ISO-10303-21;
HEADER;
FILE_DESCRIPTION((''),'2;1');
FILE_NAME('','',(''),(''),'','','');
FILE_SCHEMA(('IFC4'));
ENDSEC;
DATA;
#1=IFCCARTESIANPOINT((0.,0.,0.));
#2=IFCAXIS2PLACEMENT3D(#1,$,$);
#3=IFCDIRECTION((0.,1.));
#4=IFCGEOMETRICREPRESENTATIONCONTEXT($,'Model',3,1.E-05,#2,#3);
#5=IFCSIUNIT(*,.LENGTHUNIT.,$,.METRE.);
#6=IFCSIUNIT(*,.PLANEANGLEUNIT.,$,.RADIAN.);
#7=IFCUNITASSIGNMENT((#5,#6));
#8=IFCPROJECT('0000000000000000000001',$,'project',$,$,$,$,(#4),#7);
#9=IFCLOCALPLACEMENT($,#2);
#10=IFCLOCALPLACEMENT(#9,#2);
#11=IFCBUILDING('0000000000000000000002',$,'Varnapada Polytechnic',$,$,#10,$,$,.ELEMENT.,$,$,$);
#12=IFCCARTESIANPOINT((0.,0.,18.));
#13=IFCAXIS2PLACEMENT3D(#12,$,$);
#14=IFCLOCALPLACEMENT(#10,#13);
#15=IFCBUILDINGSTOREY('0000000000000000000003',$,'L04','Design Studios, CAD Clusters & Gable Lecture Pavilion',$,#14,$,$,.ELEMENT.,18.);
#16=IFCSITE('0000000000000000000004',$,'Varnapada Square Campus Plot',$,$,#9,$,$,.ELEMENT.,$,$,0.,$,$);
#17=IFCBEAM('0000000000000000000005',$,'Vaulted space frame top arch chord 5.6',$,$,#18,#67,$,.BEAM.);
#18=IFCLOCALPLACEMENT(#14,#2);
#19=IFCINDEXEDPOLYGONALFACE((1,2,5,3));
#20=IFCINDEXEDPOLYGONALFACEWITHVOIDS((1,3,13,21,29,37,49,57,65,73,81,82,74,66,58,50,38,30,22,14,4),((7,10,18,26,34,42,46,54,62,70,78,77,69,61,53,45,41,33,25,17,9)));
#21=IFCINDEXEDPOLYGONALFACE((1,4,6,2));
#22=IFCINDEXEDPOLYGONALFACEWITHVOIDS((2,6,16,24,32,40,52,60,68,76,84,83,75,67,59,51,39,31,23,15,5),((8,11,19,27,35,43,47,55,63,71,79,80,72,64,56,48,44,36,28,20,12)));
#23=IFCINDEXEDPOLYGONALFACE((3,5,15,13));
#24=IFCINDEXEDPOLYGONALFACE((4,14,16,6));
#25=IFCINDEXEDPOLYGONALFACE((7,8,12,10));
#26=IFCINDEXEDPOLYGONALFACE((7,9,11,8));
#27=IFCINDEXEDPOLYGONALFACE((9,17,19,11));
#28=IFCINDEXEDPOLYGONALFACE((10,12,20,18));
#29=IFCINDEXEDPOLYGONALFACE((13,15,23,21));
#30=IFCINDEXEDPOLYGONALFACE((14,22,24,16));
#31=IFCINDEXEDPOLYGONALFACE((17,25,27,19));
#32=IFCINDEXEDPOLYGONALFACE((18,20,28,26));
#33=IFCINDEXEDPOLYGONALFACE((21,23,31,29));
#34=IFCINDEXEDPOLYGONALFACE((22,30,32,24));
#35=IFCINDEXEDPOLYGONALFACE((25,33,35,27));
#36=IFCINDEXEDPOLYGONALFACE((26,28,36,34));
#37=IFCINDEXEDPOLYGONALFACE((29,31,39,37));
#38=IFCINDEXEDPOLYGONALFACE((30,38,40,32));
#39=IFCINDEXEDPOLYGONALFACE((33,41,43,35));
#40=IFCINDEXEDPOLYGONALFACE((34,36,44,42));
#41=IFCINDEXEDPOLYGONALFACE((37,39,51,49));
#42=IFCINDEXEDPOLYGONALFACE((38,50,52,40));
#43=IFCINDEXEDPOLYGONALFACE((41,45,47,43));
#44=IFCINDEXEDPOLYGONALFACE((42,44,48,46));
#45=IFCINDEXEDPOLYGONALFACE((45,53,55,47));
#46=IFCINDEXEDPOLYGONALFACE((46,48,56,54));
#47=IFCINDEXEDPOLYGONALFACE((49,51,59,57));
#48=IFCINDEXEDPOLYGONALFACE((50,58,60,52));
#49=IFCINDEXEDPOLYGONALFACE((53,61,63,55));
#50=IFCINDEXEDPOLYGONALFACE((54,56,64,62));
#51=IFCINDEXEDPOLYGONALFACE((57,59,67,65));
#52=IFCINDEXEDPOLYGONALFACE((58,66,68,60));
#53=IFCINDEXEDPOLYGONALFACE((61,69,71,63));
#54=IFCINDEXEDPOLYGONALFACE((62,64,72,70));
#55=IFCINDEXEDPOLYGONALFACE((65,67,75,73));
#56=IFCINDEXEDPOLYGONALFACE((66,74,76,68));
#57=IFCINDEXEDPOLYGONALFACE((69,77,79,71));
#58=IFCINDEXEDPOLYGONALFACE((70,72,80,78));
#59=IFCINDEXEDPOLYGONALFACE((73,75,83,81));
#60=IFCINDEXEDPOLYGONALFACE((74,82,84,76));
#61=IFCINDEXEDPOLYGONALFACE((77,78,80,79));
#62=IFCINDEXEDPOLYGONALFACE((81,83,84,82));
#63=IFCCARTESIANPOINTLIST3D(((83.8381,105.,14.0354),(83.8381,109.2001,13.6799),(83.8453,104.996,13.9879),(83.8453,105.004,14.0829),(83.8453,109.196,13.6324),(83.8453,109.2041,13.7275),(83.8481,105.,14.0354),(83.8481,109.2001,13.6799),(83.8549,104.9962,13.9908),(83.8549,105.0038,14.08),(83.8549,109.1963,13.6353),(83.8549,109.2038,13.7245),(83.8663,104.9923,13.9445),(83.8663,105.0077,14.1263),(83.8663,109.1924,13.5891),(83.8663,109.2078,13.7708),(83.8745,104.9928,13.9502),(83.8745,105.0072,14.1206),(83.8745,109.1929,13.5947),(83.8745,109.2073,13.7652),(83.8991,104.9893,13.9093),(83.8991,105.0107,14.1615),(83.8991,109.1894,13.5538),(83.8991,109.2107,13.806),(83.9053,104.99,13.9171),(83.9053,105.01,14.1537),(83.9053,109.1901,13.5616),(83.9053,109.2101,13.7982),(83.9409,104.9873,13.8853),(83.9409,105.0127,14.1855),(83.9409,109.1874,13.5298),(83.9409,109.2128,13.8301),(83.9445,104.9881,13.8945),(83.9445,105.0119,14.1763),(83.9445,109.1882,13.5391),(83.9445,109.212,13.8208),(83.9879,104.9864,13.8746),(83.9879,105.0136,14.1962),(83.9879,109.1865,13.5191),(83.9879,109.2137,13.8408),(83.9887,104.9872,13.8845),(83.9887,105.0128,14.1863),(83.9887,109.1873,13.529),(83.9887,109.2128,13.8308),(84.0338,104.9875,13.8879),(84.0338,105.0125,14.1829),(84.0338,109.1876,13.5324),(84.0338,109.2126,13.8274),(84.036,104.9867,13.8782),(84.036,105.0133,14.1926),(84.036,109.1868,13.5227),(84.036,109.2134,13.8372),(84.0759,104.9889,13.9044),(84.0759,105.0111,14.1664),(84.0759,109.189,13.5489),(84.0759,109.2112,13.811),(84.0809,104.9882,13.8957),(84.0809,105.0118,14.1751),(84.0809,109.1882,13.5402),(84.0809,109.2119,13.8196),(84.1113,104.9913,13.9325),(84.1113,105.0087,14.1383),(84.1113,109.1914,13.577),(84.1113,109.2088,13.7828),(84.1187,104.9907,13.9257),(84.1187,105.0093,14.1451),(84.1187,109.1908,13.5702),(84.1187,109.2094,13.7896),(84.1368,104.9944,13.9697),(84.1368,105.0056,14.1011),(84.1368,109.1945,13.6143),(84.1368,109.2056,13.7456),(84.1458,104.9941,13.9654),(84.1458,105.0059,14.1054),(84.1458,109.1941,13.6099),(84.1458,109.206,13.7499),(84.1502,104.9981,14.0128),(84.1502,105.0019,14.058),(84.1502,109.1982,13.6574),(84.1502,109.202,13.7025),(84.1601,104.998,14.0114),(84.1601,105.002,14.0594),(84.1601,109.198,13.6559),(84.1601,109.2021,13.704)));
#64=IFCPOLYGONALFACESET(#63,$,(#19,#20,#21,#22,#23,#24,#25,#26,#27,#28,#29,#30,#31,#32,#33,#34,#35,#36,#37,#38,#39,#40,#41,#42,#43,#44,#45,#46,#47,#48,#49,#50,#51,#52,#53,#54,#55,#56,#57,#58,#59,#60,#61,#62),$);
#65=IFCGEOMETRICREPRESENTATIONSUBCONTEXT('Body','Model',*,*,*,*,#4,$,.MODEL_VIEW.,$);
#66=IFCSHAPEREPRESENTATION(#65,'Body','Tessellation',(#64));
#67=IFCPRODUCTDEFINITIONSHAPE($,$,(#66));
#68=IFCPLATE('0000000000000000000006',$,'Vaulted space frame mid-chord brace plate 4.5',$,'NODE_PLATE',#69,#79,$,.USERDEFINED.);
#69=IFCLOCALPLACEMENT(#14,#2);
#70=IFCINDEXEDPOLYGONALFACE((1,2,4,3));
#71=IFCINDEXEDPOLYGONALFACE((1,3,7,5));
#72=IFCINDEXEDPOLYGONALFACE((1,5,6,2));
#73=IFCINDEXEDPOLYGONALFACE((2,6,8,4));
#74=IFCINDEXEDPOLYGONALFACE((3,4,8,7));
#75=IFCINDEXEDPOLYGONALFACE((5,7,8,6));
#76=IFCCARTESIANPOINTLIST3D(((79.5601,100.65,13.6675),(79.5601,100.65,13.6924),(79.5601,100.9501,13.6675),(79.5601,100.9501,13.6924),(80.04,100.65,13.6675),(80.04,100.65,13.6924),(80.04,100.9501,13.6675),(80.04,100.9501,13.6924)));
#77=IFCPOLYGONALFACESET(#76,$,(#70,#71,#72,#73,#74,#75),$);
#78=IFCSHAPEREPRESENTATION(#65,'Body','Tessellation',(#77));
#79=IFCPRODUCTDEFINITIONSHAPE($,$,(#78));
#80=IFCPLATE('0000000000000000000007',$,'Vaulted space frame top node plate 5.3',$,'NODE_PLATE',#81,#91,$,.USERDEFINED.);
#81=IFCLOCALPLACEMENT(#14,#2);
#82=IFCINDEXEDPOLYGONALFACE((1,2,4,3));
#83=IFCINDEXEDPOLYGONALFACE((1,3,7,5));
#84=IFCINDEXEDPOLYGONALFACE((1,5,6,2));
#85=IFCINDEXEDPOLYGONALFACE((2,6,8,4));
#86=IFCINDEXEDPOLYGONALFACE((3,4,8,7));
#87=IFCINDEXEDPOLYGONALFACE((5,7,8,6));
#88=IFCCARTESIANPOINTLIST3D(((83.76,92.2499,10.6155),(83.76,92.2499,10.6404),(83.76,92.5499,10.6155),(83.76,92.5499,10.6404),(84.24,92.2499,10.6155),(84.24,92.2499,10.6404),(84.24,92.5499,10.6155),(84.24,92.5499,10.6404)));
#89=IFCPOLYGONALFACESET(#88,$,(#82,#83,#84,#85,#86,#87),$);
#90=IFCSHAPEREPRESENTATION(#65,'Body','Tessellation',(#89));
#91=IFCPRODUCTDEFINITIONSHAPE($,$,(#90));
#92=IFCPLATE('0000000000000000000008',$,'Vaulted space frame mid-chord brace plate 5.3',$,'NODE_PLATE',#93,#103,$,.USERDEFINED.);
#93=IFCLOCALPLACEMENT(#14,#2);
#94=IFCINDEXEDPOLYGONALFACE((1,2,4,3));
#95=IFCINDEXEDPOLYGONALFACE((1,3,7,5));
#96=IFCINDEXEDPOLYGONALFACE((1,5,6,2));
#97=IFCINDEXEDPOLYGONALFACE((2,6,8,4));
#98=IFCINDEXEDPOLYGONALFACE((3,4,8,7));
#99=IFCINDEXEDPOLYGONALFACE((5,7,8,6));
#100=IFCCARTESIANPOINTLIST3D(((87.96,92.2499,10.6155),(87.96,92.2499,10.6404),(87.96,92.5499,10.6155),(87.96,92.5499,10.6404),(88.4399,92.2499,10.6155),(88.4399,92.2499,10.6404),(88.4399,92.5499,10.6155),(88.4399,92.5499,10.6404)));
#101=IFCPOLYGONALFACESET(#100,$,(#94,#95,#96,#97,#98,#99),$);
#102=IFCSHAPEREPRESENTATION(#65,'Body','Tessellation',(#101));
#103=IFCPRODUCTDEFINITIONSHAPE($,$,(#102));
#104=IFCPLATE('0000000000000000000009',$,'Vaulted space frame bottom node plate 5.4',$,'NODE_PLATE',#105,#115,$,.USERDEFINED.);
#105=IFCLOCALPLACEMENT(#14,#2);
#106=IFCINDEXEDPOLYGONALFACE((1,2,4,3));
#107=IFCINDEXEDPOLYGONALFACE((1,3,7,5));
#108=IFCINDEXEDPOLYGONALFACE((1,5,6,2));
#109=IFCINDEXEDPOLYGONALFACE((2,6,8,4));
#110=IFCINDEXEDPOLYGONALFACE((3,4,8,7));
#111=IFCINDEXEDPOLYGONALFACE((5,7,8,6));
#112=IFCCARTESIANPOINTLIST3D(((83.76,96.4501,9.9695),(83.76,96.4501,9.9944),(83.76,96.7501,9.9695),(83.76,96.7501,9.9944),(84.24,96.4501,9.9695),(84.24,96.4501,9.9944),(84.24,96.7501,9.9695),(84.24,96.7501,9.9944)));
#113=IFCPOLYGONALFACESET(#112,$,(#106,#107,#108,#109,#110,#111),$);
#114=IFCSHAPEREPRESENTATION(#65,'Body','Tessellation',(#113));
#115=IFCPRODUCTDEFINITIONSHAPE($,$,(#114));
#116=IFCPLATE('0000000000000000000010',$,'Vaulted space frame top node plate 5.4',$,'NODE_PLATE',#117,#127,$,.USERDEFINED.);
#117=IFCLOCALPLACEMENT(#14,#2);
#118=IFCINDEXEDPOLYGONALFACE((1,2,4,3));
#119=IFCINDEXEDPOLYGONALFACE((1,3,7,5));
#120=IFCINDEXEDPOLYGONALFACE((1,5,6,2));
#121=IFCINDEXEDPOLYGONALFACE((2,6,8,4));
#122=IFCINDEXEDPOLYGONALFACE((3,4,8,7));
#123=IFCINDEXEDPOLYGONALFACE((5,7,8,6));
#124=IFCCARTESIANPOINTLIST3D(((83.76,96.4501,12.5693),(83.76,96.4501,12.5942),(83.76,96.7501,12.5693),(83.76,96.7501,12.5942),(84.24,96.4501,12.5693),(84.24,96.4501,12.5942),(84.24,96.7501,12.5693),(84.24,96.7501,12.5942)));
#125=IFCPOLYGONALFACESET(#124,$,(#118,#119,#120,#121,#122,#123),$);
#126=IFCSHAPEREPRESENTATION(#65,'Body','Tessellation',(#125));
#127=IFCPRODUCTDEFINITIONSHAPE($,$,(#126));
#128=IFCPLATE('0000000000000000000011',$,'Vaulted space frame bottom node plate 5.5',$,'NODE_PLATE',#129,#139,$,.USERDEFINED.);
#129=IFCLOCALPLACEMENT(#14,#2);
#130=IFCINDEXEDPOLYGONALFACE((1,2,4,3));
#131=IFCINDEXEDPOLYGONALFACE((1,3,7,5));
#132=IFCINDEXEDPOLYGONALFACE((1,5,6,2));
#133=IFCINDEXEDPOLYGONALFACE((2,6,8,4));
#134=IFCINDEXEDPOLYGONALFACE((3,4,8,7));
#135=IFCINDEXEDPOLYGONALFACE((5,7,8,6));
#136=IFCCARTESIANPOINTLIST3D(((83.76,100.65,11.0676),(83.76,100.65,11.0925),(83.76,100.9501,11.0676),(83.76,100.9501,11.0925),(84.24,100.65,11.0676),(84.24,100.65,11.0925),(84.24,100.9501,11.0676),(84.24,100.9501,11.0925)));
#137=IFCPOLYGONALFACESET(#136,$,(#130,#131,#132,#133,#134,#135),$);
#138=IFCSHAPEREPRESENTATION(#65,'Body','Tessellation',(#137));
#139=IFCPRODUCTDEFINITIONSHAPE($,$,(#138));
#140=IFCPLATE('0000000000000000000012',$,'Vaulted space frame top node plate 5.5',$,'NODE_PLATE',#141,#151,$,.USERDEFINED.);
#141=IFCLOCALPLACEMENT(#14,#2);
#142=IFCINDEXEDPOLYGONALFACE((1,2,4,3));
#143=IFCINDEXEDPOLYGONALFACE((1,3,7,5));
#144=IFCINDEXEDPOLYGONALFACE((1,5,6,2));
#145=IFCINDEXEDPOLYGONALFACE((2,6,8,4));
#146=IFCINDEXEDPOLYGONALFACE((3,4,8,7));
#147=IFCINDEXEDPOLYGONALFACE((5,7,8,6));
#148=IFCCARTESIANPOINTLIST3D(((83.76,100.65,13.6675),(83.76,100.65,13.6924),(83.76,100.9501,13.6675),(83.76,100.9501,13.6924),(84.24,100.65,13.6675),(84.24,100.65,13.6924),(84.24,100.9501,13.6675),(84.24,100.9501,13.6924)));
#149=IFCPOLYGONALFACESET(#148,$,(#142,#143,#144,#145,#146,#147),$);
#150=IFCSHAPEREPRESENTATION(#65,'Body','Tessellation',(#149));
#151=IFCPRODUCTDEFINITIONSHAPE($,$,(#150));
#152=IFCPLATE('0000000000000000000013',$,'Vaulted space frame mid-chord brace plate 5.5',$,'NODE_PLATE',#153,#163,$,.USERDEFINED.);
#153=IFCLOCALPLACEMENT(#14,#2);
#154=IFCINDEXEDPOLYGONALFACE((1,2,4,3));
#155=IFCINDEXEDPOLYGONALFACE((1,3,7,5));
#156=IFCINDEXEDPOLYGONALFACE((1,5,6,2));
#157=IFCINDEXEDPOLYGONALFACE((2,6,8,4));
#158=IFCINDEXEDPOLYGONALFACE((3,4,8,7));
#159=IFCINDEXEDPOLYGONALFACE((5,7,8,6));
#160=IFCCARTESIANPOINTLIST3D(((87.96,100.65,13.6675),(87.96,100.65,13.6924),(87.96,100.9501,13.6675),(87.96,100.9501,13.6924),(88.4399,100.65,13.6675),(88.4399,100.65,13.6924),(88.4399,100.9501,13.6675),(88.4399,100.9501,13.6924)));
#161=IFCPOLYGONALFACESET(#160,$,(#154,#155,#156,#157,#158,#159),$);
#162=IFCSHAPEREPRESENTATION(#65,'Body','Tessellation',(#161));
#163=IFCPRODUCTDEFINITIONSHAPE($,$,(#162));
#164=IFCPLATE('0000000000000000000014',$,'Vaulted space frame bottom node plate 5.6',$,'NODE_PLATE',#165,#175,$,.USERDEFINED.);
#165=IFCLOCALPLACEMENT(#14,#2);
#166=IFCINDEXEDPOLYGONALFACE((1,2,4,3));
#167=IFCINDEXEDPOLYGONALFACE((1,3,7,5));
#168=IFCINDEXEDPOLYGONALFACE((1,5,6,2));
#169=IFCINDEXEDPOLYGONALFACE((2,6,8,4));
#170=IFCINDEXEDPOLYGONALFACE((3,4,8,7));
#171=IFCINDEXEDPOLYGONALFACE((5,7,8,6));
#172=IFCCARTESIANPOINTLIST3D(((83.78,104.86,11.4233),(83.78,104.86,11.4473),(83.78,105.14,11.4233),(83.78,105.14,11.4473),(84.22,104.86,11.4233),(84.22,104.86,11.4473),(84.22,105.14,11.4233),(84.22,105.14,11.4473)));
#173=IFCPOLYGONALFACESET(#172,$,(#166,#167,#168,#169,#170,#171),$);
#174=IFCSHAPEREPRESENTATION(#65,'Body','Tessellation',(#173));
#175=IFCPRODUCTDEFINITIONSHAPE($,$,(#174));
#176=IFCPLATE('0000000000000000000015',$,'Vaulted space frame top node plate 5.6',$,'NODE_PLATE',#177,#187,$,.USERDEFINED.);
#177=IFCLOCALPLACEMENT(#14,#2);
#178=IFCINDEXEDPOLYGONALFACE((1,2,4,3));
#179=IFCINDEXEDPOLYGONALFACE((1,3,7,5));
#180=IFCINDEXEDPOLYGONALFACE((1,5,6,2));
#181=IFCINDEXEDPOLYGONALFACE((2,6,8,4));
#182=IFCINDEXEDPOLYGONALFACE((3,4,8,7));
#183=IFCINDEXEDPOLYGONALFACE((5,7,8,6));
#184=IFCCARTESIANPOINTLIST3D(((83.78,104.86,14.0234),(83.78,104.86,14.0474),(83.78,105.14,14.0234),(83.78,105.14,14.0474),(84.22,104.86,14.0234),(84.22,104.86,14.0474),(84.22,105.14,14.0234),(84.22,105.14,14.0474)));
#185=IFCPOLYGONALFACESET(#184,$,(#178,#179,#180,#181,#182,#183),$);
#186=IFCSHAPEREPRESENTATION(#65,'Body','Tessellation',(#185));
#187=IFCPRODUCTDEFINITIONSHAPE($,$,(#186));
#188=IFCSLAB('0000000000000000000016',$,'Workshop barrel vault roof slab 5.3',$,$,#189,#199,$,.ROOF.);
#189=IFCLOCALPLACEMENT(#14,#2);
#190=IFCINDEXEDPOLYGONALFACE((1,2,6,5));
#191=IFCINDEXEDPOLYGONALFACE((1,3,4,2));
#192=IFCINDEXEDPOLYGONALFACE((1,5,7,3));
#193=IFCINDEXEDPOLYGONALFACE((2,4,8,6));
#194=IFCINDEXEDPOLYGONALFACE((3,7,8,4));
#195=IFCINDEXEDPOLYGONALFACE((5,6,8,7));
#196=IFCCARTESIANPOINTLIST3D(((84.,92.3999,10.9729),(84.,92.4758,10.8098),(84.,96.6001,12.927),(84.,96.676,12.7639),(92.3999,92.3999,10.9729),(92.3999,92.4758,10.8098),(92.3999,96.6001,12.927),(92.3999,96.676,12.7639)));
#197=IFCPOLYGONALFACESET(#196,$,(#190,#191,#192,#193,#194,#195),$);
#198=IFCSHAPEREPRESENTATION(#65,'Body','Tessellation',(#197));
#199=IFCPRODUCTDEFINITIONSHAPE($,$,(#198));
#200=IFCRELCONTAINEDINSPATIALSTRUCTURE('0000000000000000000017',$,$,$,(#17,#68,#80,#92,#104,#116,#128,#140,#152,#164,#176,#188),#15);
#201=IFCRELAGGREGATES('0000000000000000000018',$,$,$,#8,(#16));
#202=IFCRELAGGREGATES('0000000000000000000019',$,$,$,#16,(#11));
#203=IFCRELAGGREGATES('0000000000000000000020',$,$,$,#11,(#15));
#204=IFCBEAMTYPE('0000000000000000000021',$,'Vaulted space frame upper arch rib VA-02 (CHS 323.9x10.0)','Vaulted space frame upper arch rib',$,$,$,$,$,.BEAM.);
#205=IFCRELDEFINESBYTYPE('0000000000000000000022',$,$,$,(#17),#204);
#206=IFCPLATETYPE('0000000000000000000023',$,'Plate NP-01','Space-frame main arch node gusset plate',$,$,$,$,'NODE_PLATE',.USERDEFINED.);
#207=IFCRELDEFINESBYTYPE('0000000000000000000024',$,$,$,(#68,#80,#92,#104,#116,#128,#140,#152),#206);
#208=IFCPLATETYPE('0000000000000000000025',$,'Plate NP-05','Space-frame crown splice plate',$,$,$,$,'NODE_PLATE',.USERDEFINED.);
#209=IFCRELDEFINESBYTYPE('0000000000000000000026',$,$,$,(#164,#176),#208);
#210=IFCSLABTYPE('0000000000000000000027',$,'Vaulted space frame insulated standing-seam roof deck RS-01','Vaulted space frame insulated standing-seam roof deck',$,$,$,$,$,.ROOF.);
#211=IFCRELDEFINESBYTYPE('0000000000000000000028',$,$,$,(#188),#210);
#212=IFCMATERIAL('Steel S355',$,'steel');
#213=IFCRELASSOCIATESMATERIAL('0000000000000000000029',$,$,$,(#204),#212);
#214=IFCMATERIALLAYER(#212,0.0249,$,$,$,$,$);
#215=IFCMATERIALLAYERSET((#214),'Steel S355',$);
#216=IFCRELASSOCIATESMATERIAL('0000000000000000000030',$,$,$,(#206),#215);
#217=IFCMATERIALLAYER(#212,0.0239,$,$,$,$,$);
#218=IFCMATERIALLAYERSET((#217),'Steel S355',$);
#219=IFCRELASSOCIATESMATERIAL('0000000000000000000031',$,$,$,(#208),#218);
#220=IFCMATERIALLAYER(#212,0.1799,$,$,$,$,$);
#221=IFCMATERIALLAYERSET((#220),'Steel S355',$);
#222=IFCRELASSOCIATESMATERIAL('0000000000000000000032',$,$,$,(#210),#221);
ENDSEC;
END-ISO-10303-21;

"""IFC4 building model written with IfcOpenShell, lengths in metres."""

from ifc_helpers import new_model, si_unit, direction, frame, origin, origin_2d, place, context, subcontext, project, spatial, polyline, rectangle, hollow_circle, outline, extrude, material, layer, layer_set, material_profile, profile_set, type_object, element, save


model = new_model("IFC4")

# Units and contexts
model_context = context("Model", 3, precision=1e-05, world=origin(), true_north=direction((0.0, 1.0)))
body_context = subcontext(model_context, "Body", "Model", "MODEL_VIEW")
ifc_project = project(units=[si_unit("LENGTHUNIT", "METRE"), si_unit("PLANEANGLEUNIT", "RADIAN")], contexts=[model_context])

# Site, building, storey
site_placement = place(None, origin())
site = spatial("IfcSite", under=ifc_project, at=site_placement, Name="Varnapada Square Campus Plot", CompositionType="ELEMENT", RefElevation=0.0)
building_placement = place(site_placement, origin())
building = spatial("IfcBuilding", under=site, at=building_placement, Name="Varnapada Polytechnic", CompositionType="ELEMENT")
storey_placement = place(building_placement, frame((0.0, 0.0, 18.0)))
storey = spatial("IfcBuildingStorey", under=building, at=storey_placement, Name="L04", Description="Design Studios, CAD Clusters & Gable Lecture Pavilion", CompositionType="ELEMENT", Elevation=18.0)

# Shared definitions
ifc_material = material(Name="Steel S355", Category="steel")

# Beam
ifc_material_profile_1 = material_profile(ifc_material, hollow_circle(Radius=0.1619, WallThickness=0.01, at=origin_2d()), Name="CHS 323.9x10.0")
ifc_profile_set_1 = profile_set([ifc_material_profile_1], Name="Steel S355")
beam_type_1 = type_object("IfcBeamType", Name="Vaulted space frame upper arch rib VA-02 (CHS 323.9x10.0)", Description="Vaulted space frame upper arch rib", PredefinedType="BEAM", material=ifc_profile_set_1)
for number, where, z_axis, x_axis, name in (
    (1, (84.0, 105.0, 14.0354), (0.0, 0.996437, -0.084335), (-1.0, 0.0, 0.0), "Vaulted space frame top arch chord 5.6"),
):
    element("IfcBeam", number, at=place(storey_placement, frame(where, z_axis=z_axis, x_axis=x_axis)), inside=storey, type_object=beam_type_1, Name=name, PredefinedType="BEAM", context=body_context, shape_type="SweptSolid", body=[
        extrude(hollow_circle(Radius=0.1619, WallThickness=0.01, at=origin_2d()), origin(), (0.0, 0.0, 1.0), 4.2151),
    ])

# Plates
ifc_layer_1 = layer(ifc_material, 0.0249)
ifc_layer_set_1 = layer_set([ifc_layer_1], Name="Steel S355")
plate_type_1 = type_object("IfcPlateType", Name="Plate NP-01", Description="Space-frame main arch node gusset plate", ElementType="NODE_PLATE", PredefinedType="USERDEFINED", material=ifc_layer_set_1)
for number, where, z_axis, x_axis, name in (
    (2, (79.8, 100.8, 13.6675), (0.0, 0.0, 1.0), (1.0, 0.0, 0.0), "Vaulted space frame mid-chord brace plate 4.5"),
    (3, (84.0, 92.3999, 10.6155), (0.0, 0.0, 1.0), (1.0, 0.0, 0.0), "Vaulted space frame top node plate 5.3"),
    (4, (88.2, 92.3999, 10.6155), (0.0, 0.0, 1.0), (1.0, 0.0, 0.0), "Vaulted space frame mid-chord brace plate 5.3"),
    (5, (84.0, 96.6001, 9.9695), (0.0, 0.0, 1.0), (1.0, 0.0, 0.0), "Vaulted space frame bottom node plate 5.4"),
    (6, (84.0, 96.6001, 12.5693), (0.0, 0.0, 1.0), (1.0, 0.0, 0.0), "Vaulted space frame top node plate 5.4"),
    (7, (84.0, 100.8, 11.0676), (0.0, 0.0, 1.0), (1.0, 0.0, 0.0), "Vaulted space frame bottom node plate 5.5"),
    (8, (84.0, 100.8, 13.6675), (0.0, 0.0, 1.0), (1.0, 0.0, 0.0), "Vaulted space frame top node plate 5.5"),
    (9, (88.2, 100.8, 13.6675), (0.0, 0.0, 1.0), (1.0, 0.0, 0.0), "Vaulted space frame mid-chord brace plate 5.5"),
):
    element("IfcPlate", number, at=place(storey_placement, frame(where, z_axis=z_axis, x_axis=x_axis)), inside=storey, type_object=plate_type_1, Name=name, ObjectType="NODE_PLATE", PredefinedType="USERDEFINED", context=body_context, shape_type="SweptSolid", body=[
        extrude(rectangle(XDim=0.48, YDim=0.3, at=origin_2d()), origin(), (0.0, 0.0, 1.0), 0.0249),
    ])
ifc_layer_2 = layer(ifc_material, 0.0239)
ifc_layer_set_2 = layer_set([ifc_layer_2], Name="Steel S355")
plate_type_2 = type_object("IfcPlateType", Name="Plate NP-05", Description="Space-frame crown splice plate", ElementType="NODE_PLATE", PredefinedType="USERDEFINED", material=ifc_layer_set_2)
for number, where, z_axis, x_axis, name in (
    (10, (84.0, 105.0, 11.4233), (0.0, 0.0, 1.0), (1.0, 0.0, 0.0), "Vaulted space frame bottom node plate 5.6"),
    (11, (84.0, 105.0, 14.0234), (0.0, 0.0, 1.0), (1.0, 0.0, 0.0), "Vaulted space frame top node plate 5.6"),
):
    element("IfcPlate", number, at=place(storey_placement, frame(where, z_axis=z_axis, x_axis=x_axis)), inside=storey, type_object=plate_type_2, Name=name, ObjectType="NODE_PLATE", PredefinedType="USERDEFINED", context=body_context, shape_type="SweptSolid", body=[
        extrude(rectangle(XDim=0.4399, YDim=0.28, at=origin_2d()), origin(), (0.0, 0.0, 1.0), 0.0239),
    ])

# Slab
ifc_layer_3 = layer(ifc_material, 0.1799)
ifc_layer_set_3 = layer_set([ifc_layer_3], Name="Steel S355")
slab_type = type_object("IfcSlabType", Name="Vaulted space frame insulated standing-seam roof deck RS-01", Description="Vaulted space frame insulated standing-seam roof deck", PredefinedType="ROOF", material=ifc_layer_set_3)
slab_placement = place(storey_placement, frame((84.0, 92.3999, 10.9729), z_axis=(0.0, -0.421823, 0.906678), x_axis=(1.0, 0.0, 0.0)))
element("IfcSlab", 12, at=slab_placement, inside=storey, type_object=slab_type, Name="Workshop barrel vault roof slab 5.3", PredefinedType="ROOF", context=body_context, shape_type="SweptSolid", body=[
    extrude(outline(polyline([(0.0, 0.0), (8.3999, 0.0), (8.3999, 4.6325), (0.0, 4.6325), (0.0, 0.0)])), origin(), (0.0, 0.0, -1.0), 0.1799),
])

save(model, "model.ifc")
